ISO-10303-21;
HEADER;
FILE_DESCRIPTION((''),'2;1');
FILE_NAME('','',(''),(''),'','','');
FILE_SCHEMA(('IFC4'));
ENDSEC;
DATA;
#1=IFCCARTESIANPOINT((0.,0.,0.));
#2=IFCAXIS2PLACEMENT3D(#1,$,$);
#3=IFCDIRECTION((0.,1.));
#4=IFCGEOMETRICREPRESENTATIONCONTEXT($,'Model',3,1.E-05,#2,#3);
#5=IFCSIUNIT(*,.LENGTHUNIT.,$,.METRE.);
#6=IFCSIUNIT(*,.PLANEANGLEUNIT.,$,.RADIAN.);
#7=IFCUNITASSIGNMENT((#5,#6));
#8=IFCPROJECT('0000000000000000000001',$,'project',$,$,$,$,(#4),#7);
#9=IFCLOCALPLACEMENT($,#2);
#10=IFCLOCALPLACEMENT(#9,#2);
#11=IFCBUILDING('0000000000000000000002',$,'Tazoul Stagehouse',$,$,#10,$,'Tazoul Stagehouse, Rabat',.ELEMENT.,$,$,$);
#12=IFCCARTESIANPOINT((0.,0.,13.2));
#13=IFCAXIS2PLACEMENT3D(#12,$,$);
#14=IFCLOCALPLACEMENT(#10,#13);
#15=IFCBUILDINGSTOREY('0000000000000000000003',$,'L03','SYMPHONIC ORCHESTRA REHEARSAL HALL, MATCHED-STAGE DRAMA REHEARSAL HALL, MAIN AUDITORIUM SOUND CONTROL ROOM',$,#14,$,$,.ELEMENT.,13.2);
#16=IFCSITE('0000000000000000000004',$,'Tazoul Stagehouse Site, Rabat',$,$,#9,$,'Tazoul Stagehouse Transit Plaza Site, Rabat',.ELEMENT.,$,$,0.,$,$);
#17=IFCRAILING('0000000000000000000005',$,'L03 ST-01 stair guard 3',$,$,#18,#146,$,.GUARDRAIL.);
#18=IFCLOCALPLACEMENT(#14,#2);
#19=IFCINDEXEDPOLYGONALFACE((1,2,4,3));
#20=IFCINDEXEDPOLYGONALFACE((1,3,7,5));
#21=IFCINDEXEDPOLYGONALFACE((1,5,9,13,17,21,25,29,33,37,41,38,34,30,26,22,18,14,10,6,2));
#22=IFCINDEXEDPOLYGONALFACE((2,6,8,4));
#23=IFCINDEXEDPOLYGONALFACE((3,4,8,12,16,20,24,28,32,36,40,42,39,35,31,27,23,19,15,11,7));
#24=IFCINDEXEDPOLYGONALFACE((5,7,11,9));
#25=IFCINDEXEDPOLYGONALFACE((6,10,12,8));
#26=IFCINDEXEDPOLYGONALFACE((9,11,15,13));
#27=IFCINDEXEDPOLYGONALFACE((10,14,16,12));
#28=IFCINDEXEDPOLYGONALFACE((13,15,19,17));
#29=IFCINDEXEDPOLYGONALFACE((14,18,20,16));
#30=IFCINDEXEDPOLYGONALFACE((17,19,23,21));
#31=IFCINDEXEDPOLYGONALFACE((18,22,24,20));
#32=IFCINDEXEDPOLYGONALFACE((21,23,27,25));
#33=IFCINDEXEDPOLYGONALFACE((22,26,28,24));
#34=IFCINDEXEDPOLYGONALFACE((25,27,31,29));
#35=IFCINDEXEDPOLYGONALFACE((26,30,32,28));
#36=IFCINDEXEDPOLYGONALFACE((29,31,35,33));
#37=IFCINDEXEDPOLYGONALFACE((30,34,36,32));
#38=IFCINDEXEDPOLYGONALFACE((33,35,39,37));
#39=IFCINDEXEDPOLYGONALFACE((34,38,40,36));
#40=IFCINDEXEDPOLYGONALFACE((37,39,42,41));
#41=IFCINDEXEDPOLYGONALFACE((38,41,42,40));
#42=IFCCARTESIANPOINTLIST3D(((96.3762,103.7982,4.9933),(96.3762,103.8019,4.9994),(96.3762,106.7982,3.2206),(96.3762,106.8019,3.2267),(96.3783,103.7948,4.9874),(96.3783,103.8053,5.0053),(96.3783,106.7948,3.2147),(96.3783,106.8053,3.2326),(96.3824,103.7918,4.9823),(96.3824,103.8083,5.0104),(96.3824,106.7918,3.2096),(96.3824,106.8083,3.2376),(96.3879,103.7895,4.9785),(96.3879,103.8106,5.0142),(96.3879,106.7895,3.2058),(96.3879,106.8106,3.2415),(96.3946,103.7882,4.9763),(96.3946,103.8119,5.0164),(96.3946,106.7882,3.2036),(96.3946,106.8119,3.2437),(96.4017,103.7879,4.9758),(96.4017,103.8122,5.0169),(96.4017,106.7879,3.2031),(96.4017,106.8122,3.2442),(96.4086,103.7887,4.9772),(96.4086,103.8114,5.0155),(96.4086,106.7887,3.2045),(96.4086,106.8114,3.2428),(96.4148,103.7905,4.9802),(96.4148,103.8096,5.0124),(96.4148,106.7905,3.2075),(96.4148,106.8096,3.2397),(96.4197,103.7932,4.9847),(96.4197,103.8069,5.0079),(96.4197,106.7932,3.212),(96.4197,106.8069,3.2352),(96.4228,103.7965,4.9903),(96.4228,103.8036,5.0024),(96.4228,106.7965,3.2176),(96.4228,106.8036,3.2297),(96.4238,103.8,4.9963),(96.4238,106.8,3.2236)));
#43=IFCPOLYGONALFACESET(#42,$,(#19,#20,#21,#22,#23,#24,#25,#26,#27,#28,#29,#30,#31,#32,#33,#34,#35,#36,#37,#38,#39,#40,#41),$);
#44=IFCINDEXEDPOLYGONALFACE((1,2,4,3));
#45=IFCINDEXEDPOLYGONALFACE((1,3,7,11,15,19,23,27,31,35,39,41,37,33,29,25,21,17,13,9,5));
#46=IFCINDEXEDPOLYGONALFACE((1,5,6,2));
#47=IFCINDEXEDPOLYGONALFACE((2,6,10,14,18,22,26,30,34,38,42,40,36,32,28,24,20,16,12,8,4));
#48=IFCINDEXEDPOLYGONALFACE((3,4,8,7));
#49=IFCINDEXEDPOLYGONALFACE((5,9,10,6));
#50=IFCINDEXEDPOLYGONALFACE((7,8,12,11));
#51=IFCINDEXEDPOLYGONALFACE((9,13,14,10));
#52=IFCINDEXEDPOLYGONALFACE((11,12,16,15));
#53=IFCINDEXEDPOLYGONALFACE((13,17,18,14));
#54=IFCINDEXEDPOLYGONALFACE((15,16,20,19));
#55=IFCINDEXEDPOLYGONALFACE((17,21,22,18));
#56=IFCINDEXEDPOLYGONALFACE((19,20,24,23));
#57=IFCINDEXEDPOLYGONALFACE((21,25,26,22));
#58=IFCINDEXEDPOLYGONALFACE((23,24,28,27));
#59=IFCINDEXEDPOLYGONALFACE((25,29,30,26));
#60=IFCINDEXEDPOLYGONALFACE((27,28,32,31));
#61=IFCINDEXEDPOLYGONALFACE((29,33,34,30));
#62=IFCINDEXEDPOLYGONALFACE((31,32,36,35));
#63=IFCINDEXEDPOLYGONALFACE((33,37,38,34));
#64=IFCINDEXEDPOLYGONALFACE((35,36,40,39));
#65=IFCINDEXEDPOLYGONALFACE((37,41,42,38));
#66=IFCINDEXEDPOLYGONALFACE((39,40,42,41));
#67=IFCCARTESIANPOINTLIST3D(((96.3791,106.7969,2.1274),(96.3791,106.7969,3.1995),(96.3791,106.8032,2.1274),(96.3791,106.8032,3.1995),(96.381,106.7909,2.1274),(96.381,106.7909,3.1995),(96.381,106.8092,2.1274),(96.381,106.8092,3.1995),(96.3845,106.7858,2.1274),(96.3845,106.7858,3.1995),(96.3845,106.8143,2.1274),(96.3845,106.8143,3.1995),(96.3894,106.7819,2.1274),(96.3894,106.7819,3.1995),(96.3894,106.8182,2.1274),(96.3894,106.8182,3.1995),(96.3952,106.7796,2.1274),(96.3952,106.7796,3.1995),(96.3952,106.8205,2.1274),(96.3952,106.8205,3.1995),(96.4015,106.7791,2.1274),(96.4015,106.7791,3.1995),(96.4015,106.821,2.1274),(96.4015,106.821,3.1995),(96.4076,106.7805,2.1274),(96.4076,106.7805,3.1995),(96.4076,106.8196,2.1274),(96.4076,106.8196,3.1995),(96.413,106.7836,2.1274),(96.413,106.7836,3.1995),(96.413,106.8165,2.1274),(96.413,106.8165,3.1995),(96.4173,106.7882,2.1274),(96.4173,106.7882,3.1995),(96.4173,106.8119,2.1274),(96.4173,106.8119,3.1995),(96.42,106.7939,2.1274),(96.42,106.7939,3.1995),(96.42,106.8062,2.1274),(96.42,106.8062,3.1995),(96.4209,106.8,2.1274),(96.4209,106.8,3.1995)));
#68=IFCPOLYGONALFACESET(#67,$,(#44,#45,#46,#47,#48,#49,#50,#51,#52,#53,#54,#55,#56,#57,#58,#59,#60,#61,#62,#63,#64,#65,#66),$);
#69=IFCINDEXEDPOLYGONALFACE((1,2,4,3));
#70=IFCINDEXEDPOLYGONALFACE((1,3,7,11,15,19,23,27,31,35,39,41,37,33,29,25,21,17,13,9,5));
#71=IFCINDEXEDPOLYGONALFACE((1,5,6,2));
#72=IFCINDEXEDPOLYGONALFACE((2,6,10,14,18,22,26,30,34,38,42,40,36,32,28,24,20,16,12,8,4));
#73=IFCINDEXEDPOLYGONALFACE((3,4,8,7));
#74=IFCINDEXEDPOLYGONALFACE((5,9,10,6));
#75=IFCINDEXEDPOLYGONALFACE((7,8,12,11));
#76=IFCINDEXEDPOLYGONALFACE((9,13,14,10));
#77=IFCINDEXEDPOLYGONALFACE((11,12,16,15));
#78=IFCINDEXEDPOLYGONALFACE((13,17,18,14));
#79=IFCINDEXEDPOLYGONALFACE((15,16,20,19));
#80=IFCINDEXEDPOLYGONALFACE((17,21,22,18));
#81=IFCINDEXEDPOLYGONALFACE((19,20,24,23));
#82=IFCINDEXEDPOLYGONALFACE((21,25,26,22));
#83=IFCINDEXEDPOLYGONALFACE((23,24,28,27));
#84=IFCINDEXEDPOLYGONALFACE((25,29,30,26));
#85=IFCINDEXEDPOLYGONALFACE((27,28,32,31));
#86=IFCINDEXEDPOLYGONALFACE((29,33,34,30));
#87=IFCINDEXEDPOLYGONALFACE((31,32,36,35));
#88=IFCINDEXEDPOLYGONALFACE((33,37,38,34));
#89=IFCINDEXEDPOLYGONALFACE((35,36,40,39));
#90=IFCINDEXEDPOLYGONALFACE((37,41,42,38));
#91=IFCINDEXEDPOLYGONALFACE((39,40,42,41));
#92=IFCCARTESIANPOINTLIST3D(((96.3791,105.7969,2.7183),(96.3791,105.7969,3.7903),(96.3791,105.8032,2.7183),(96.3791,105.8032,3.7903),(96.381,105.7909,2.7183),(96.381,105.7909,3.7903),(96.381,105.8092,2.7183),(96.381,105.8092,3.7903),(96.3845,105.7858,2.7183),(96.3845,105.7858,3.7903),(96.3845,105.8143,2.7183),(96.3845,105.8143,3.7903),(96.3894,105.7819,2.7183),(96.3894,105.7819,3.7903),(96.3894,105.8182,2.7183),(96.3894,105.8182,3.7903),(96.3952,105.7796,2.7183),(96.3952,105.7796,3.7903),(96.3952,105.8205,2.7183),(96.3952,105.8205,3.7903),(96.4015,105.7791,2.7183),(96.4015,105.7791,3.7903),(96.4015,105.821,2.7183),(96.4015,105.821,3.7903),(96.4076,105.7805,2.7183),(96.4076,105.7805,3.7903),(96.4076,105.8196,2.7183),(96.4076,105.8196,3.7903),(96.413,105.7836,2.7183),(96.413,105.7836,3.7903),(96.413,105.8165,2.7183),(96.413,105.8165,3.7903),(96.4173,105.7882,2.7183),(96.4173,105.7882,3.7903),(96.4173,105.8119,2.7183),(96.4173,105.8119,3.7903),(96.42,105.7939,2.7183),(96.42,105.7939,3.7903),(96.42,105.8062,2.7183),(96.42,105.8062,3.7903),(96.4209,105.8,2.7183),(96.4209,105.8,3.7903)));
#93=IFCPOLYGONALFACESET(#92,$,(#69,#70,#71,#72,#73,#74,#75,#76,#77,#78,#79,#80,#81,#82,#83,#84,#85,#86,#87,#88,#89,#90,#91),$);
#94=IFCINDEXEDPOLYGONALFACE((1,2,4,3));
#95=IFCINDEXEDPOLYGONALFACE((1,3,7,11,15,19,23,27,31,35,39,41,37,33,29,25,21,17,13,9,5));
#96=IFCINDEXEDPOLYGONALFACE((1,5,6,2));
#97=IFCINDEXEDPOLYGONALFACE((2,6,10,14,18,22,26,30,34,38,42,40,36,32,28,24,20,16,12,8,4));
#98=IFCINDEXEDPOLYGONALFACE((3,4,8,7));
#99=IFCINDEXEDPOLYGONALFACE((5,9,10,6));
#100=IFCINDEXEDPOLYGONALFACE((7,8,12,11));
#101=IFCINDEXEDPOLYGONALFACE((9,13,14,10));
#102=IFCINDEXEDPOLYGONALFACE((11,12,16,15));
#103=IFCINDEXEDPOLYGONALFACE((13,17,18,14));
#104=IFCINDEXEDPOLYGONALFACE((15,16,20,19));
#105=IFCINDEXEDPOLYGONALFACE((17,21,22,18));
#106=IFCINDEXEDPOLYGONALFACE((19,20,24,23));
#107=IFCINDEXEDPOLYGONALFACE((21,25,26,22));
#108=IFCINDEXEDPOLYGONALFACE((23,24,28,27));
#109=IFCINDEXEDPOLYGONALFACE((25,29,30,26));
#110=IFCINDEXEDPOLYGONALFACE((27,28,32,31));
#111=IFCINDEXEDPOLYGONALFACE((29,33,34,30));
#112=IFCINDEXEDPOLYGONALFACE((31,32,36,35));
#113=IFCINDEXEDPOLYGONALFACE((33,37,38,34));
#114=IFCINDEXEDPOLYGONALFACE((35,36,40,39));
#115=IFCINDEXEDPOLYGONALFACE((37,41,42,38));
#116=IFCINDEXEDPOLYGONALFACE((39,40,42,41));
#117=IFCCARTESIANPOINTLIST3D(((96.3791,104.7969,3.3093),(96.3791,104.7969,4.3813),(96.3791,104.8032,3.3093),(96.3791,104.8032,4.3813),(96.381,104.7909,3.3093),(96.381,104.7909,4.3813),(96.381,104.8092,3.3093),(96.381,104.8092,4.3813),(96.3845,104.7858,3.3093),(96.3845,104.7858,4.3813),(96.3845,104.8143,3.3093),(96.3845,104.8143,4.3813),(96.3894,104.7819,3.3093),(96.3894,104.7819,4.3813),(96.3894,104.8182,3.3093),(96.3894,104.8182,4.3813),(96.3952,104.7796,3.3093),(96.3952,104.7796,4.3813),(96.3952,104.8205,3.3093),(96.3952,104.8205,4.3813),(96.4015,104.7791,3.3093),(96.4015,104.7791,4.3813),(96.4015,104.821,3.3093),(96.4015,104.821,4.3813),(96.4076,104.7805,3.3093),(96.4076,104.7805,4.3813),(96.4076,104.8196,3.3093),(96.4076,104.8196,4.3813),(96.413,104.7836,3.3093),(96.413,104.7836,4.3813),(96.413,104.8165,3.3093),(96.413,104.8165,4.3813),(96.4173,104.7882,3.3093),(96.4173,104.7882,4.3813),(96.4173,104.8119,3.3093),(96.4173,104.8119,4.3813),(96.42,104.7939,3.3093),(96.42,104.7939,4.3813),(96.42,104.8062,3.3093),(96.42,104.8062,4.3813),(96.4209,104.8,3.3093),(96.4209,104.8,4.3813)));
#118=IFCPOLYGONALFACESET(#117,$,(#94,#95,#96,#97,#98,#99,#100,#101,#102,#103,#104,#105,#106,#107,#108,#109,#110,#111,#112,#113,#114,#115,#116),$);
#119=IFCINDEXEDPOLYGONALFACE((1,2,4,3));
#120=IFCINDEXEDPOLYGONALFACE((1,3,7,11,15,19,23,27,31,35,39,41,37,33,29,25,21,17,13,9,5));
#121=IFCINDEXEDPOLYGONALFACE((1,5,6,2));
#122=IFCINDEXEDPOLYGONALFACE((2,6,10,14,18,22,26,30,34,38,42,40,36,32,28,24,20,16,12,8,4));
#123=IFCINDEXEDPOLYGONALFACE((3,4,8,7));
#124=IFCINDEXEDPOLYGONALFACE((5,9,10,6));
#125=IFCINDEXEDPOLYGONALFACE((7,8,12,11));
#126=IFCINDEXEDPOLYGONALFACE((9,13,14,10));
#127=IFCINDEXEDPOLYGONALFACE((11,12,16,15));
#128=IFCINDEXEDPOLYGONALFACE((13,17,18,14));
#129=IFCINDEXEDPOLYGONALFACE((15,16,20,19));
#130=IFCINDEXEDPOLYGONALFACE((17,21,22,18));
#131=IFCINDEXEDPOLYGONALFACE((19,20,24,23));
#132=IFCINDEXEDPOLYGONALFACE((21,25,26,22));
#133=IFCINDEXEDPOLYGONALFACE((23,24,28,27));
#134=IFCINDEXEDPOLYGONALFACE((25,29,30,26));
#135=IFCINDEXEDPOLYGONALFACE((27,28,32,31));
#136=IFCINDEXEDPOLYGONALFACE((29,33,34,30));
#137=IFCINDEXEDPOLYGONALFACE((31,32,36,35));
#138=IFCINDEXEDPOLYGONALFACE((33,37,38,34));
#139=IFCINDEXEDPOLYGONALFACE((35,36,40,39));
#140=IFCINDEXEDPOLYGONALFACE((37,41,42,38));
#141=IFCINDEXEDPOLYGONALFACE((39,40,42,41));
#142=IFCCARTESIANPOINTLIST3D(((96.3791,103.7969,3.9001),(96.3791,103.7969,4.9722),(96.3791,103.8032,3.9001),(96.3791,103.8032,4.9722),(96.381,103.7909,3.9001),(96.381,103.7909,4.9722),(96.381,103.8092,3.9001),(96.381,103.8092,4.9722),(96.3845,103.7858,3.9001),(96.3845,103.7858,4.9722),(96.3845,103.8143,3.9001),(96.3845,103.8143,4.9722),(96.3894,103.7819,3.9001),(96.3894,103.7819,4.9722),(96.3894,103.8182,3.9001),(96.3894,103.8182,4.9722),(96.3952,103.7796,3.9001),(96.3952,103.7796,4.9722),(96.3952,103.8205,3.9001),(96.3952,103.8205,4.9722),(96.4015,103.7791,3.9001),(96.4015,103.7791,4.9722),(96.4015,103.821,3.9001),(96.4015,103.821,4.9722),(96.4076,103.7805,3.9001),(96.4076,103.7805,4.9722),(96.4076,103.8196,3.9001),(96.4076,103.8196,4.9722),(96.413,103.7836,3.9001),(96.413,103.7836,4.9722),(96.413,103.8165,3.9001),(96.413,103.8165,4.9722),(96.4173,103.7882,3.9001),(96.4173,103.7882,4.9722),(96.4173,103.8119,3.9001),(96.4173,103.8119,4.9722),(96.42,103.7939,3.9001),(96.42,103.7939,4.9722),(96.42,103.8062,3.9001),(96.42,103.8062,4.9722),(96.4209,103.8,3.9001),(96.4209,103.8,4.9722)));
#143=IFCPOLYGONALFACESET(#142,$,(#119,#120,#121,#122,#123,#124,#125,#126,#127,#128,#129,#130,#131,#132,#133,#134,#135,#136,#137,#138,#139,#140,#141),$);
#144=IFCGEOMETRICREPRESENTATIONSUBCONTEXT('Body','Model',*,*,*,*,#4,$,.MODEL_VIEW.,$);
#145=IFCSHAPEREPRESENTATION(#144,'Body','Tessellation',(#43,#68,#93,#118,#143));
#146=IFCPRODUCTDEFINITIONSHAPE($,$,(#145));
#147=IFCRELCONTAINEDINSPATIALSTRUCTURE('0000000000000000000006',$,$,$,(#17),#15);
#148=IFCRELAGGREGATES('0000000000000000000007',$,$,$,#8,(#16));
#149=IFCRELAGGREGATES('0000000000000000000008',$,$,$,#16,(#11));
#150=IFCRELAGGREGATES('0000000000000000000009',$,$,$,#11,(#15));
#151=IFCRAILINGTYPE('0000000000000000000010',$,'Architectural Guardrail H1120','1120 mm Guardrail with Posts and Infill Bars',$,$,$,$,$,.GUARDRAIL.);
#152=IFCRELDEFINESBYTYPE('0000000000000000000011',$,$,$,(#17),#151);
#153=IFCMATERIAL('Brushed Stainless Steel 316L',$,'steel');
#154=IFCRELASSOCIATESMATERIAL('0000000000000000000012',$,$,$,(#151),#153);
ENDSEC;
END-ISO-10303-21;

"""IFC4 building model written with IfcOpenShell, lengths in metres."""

from ifc_helpers import new_model, si_unit, direction, frame, origin, origin_2d, place, context, subcontext, project, spatial, circle, extrude, material, material_profile, profile_set, type_object, element, save


model = new_model("IFC4")

# Units and contexts
model_context = context("Model", 3, precision=1e-05, world=origin(), true_north=direction((0.0, 1.0)))
body_context = subcontext(model_context, "Body", "Model", "MODEL_VIEW")
ifc_project = project(units=[si_unit("LENGTHUNIT", "METRE"), si_unit("PLANEANGLEUNIT", "RADIAN")], contexts=[model_context])

# Site, building, storey
site_placement = place(None, origin())
site = spatial("IfcSite", under=ifc_project, at=site_placement, Name="Tazoul Stagehouse Site, Rabat", LongName="Tazoul Stagehouse Transit Plaza Site, Rabat", CompositionType="ELEMENT", RefElevation=0.0)
building_placement = place(site_placement, origin())
building = spatial("IfcBuilding", under=site, at=building_placement, Name="Tazoul Stagehouse", LongName="Tazoul Stagehouse, Rabat", CompositionType="ELEMENT")
storey_placement = place(building_placement, frame((0.0, 0.0, 13.2)))
storey = spatial("IfcBuildingStorey", under=building, at=storey_placement, Name="L03", Description="SYMPHONIC ORCHESTRA REHEARSAL HALL, MATCHED-STAGE DRAMA REHEARSAL HALL, MAIN AUDITORIUM SOUND CONTROL ROOM", CompositionType="ELEMENT", Elevation=13.2)

# Railing
ifc_material_1 = material(Name="Brushed Stainless Steel 316L", Category="steel")
ifc_material_profile = material_profile(ifc_material_1, circle(Radius=0.0239, at=origin_2d()), Name="SS RAIL D48")
ifc_profile_set = profile_set([ifc_material_profile], Name="Brushed Stainless Steel 316L")
railing_type = type_object("IfcRailingType", Name="Architectural Guardrail H1120", Description="1120 mm Guardrail with Posts and Infill Bars", PredefinedType="GUARDRAIL", material=ifc_profile_set)
railing_1_placement = place(storey_placement, frame((96.3999, 106.8, 2.1274)))
element("IfcRailing", 1, at=railing_1_placement, inside=storey, type_object=railing_type, Name="L03 ST-01 stair guard 3", PredefinedType="GUARDRAIL", context=body_context, shape_type="SweptSolid", body=[
    extrude(circle(Radius=0.0239, at=origin_2d()), frame((0.0, 0.0, 1.0962), z_axis=(0.0, -0.860929, 0.508725), x_axis=(1.0, 0.0, 0.0)), (0.0, 0.0, 1.0), 3.4846),
    extrude(circle(Radius=0.021, at=origin_2d()), origin(), (0.0, 0.0, 1.0), 1.072),
    extrude(circle(Radius=0.021, at=origin_2d()), frame((0.0, -1.0, 0.5908)), (0.0, 0.0, 1.0), 1.072),
    extrude(circle(Radius=0.021, at=origin_2d()), frame((0.0, -2.0, 1.1819)), (0.0, 0.0, 1.0), 1.072),
    extrude(circle(Radius=0.021, at=origin_2d()), frame((0.0, -3.0, 1.7727)), (0.0, 0.0, 1.0), 1.072),
])

save(model, "model.ifc")
